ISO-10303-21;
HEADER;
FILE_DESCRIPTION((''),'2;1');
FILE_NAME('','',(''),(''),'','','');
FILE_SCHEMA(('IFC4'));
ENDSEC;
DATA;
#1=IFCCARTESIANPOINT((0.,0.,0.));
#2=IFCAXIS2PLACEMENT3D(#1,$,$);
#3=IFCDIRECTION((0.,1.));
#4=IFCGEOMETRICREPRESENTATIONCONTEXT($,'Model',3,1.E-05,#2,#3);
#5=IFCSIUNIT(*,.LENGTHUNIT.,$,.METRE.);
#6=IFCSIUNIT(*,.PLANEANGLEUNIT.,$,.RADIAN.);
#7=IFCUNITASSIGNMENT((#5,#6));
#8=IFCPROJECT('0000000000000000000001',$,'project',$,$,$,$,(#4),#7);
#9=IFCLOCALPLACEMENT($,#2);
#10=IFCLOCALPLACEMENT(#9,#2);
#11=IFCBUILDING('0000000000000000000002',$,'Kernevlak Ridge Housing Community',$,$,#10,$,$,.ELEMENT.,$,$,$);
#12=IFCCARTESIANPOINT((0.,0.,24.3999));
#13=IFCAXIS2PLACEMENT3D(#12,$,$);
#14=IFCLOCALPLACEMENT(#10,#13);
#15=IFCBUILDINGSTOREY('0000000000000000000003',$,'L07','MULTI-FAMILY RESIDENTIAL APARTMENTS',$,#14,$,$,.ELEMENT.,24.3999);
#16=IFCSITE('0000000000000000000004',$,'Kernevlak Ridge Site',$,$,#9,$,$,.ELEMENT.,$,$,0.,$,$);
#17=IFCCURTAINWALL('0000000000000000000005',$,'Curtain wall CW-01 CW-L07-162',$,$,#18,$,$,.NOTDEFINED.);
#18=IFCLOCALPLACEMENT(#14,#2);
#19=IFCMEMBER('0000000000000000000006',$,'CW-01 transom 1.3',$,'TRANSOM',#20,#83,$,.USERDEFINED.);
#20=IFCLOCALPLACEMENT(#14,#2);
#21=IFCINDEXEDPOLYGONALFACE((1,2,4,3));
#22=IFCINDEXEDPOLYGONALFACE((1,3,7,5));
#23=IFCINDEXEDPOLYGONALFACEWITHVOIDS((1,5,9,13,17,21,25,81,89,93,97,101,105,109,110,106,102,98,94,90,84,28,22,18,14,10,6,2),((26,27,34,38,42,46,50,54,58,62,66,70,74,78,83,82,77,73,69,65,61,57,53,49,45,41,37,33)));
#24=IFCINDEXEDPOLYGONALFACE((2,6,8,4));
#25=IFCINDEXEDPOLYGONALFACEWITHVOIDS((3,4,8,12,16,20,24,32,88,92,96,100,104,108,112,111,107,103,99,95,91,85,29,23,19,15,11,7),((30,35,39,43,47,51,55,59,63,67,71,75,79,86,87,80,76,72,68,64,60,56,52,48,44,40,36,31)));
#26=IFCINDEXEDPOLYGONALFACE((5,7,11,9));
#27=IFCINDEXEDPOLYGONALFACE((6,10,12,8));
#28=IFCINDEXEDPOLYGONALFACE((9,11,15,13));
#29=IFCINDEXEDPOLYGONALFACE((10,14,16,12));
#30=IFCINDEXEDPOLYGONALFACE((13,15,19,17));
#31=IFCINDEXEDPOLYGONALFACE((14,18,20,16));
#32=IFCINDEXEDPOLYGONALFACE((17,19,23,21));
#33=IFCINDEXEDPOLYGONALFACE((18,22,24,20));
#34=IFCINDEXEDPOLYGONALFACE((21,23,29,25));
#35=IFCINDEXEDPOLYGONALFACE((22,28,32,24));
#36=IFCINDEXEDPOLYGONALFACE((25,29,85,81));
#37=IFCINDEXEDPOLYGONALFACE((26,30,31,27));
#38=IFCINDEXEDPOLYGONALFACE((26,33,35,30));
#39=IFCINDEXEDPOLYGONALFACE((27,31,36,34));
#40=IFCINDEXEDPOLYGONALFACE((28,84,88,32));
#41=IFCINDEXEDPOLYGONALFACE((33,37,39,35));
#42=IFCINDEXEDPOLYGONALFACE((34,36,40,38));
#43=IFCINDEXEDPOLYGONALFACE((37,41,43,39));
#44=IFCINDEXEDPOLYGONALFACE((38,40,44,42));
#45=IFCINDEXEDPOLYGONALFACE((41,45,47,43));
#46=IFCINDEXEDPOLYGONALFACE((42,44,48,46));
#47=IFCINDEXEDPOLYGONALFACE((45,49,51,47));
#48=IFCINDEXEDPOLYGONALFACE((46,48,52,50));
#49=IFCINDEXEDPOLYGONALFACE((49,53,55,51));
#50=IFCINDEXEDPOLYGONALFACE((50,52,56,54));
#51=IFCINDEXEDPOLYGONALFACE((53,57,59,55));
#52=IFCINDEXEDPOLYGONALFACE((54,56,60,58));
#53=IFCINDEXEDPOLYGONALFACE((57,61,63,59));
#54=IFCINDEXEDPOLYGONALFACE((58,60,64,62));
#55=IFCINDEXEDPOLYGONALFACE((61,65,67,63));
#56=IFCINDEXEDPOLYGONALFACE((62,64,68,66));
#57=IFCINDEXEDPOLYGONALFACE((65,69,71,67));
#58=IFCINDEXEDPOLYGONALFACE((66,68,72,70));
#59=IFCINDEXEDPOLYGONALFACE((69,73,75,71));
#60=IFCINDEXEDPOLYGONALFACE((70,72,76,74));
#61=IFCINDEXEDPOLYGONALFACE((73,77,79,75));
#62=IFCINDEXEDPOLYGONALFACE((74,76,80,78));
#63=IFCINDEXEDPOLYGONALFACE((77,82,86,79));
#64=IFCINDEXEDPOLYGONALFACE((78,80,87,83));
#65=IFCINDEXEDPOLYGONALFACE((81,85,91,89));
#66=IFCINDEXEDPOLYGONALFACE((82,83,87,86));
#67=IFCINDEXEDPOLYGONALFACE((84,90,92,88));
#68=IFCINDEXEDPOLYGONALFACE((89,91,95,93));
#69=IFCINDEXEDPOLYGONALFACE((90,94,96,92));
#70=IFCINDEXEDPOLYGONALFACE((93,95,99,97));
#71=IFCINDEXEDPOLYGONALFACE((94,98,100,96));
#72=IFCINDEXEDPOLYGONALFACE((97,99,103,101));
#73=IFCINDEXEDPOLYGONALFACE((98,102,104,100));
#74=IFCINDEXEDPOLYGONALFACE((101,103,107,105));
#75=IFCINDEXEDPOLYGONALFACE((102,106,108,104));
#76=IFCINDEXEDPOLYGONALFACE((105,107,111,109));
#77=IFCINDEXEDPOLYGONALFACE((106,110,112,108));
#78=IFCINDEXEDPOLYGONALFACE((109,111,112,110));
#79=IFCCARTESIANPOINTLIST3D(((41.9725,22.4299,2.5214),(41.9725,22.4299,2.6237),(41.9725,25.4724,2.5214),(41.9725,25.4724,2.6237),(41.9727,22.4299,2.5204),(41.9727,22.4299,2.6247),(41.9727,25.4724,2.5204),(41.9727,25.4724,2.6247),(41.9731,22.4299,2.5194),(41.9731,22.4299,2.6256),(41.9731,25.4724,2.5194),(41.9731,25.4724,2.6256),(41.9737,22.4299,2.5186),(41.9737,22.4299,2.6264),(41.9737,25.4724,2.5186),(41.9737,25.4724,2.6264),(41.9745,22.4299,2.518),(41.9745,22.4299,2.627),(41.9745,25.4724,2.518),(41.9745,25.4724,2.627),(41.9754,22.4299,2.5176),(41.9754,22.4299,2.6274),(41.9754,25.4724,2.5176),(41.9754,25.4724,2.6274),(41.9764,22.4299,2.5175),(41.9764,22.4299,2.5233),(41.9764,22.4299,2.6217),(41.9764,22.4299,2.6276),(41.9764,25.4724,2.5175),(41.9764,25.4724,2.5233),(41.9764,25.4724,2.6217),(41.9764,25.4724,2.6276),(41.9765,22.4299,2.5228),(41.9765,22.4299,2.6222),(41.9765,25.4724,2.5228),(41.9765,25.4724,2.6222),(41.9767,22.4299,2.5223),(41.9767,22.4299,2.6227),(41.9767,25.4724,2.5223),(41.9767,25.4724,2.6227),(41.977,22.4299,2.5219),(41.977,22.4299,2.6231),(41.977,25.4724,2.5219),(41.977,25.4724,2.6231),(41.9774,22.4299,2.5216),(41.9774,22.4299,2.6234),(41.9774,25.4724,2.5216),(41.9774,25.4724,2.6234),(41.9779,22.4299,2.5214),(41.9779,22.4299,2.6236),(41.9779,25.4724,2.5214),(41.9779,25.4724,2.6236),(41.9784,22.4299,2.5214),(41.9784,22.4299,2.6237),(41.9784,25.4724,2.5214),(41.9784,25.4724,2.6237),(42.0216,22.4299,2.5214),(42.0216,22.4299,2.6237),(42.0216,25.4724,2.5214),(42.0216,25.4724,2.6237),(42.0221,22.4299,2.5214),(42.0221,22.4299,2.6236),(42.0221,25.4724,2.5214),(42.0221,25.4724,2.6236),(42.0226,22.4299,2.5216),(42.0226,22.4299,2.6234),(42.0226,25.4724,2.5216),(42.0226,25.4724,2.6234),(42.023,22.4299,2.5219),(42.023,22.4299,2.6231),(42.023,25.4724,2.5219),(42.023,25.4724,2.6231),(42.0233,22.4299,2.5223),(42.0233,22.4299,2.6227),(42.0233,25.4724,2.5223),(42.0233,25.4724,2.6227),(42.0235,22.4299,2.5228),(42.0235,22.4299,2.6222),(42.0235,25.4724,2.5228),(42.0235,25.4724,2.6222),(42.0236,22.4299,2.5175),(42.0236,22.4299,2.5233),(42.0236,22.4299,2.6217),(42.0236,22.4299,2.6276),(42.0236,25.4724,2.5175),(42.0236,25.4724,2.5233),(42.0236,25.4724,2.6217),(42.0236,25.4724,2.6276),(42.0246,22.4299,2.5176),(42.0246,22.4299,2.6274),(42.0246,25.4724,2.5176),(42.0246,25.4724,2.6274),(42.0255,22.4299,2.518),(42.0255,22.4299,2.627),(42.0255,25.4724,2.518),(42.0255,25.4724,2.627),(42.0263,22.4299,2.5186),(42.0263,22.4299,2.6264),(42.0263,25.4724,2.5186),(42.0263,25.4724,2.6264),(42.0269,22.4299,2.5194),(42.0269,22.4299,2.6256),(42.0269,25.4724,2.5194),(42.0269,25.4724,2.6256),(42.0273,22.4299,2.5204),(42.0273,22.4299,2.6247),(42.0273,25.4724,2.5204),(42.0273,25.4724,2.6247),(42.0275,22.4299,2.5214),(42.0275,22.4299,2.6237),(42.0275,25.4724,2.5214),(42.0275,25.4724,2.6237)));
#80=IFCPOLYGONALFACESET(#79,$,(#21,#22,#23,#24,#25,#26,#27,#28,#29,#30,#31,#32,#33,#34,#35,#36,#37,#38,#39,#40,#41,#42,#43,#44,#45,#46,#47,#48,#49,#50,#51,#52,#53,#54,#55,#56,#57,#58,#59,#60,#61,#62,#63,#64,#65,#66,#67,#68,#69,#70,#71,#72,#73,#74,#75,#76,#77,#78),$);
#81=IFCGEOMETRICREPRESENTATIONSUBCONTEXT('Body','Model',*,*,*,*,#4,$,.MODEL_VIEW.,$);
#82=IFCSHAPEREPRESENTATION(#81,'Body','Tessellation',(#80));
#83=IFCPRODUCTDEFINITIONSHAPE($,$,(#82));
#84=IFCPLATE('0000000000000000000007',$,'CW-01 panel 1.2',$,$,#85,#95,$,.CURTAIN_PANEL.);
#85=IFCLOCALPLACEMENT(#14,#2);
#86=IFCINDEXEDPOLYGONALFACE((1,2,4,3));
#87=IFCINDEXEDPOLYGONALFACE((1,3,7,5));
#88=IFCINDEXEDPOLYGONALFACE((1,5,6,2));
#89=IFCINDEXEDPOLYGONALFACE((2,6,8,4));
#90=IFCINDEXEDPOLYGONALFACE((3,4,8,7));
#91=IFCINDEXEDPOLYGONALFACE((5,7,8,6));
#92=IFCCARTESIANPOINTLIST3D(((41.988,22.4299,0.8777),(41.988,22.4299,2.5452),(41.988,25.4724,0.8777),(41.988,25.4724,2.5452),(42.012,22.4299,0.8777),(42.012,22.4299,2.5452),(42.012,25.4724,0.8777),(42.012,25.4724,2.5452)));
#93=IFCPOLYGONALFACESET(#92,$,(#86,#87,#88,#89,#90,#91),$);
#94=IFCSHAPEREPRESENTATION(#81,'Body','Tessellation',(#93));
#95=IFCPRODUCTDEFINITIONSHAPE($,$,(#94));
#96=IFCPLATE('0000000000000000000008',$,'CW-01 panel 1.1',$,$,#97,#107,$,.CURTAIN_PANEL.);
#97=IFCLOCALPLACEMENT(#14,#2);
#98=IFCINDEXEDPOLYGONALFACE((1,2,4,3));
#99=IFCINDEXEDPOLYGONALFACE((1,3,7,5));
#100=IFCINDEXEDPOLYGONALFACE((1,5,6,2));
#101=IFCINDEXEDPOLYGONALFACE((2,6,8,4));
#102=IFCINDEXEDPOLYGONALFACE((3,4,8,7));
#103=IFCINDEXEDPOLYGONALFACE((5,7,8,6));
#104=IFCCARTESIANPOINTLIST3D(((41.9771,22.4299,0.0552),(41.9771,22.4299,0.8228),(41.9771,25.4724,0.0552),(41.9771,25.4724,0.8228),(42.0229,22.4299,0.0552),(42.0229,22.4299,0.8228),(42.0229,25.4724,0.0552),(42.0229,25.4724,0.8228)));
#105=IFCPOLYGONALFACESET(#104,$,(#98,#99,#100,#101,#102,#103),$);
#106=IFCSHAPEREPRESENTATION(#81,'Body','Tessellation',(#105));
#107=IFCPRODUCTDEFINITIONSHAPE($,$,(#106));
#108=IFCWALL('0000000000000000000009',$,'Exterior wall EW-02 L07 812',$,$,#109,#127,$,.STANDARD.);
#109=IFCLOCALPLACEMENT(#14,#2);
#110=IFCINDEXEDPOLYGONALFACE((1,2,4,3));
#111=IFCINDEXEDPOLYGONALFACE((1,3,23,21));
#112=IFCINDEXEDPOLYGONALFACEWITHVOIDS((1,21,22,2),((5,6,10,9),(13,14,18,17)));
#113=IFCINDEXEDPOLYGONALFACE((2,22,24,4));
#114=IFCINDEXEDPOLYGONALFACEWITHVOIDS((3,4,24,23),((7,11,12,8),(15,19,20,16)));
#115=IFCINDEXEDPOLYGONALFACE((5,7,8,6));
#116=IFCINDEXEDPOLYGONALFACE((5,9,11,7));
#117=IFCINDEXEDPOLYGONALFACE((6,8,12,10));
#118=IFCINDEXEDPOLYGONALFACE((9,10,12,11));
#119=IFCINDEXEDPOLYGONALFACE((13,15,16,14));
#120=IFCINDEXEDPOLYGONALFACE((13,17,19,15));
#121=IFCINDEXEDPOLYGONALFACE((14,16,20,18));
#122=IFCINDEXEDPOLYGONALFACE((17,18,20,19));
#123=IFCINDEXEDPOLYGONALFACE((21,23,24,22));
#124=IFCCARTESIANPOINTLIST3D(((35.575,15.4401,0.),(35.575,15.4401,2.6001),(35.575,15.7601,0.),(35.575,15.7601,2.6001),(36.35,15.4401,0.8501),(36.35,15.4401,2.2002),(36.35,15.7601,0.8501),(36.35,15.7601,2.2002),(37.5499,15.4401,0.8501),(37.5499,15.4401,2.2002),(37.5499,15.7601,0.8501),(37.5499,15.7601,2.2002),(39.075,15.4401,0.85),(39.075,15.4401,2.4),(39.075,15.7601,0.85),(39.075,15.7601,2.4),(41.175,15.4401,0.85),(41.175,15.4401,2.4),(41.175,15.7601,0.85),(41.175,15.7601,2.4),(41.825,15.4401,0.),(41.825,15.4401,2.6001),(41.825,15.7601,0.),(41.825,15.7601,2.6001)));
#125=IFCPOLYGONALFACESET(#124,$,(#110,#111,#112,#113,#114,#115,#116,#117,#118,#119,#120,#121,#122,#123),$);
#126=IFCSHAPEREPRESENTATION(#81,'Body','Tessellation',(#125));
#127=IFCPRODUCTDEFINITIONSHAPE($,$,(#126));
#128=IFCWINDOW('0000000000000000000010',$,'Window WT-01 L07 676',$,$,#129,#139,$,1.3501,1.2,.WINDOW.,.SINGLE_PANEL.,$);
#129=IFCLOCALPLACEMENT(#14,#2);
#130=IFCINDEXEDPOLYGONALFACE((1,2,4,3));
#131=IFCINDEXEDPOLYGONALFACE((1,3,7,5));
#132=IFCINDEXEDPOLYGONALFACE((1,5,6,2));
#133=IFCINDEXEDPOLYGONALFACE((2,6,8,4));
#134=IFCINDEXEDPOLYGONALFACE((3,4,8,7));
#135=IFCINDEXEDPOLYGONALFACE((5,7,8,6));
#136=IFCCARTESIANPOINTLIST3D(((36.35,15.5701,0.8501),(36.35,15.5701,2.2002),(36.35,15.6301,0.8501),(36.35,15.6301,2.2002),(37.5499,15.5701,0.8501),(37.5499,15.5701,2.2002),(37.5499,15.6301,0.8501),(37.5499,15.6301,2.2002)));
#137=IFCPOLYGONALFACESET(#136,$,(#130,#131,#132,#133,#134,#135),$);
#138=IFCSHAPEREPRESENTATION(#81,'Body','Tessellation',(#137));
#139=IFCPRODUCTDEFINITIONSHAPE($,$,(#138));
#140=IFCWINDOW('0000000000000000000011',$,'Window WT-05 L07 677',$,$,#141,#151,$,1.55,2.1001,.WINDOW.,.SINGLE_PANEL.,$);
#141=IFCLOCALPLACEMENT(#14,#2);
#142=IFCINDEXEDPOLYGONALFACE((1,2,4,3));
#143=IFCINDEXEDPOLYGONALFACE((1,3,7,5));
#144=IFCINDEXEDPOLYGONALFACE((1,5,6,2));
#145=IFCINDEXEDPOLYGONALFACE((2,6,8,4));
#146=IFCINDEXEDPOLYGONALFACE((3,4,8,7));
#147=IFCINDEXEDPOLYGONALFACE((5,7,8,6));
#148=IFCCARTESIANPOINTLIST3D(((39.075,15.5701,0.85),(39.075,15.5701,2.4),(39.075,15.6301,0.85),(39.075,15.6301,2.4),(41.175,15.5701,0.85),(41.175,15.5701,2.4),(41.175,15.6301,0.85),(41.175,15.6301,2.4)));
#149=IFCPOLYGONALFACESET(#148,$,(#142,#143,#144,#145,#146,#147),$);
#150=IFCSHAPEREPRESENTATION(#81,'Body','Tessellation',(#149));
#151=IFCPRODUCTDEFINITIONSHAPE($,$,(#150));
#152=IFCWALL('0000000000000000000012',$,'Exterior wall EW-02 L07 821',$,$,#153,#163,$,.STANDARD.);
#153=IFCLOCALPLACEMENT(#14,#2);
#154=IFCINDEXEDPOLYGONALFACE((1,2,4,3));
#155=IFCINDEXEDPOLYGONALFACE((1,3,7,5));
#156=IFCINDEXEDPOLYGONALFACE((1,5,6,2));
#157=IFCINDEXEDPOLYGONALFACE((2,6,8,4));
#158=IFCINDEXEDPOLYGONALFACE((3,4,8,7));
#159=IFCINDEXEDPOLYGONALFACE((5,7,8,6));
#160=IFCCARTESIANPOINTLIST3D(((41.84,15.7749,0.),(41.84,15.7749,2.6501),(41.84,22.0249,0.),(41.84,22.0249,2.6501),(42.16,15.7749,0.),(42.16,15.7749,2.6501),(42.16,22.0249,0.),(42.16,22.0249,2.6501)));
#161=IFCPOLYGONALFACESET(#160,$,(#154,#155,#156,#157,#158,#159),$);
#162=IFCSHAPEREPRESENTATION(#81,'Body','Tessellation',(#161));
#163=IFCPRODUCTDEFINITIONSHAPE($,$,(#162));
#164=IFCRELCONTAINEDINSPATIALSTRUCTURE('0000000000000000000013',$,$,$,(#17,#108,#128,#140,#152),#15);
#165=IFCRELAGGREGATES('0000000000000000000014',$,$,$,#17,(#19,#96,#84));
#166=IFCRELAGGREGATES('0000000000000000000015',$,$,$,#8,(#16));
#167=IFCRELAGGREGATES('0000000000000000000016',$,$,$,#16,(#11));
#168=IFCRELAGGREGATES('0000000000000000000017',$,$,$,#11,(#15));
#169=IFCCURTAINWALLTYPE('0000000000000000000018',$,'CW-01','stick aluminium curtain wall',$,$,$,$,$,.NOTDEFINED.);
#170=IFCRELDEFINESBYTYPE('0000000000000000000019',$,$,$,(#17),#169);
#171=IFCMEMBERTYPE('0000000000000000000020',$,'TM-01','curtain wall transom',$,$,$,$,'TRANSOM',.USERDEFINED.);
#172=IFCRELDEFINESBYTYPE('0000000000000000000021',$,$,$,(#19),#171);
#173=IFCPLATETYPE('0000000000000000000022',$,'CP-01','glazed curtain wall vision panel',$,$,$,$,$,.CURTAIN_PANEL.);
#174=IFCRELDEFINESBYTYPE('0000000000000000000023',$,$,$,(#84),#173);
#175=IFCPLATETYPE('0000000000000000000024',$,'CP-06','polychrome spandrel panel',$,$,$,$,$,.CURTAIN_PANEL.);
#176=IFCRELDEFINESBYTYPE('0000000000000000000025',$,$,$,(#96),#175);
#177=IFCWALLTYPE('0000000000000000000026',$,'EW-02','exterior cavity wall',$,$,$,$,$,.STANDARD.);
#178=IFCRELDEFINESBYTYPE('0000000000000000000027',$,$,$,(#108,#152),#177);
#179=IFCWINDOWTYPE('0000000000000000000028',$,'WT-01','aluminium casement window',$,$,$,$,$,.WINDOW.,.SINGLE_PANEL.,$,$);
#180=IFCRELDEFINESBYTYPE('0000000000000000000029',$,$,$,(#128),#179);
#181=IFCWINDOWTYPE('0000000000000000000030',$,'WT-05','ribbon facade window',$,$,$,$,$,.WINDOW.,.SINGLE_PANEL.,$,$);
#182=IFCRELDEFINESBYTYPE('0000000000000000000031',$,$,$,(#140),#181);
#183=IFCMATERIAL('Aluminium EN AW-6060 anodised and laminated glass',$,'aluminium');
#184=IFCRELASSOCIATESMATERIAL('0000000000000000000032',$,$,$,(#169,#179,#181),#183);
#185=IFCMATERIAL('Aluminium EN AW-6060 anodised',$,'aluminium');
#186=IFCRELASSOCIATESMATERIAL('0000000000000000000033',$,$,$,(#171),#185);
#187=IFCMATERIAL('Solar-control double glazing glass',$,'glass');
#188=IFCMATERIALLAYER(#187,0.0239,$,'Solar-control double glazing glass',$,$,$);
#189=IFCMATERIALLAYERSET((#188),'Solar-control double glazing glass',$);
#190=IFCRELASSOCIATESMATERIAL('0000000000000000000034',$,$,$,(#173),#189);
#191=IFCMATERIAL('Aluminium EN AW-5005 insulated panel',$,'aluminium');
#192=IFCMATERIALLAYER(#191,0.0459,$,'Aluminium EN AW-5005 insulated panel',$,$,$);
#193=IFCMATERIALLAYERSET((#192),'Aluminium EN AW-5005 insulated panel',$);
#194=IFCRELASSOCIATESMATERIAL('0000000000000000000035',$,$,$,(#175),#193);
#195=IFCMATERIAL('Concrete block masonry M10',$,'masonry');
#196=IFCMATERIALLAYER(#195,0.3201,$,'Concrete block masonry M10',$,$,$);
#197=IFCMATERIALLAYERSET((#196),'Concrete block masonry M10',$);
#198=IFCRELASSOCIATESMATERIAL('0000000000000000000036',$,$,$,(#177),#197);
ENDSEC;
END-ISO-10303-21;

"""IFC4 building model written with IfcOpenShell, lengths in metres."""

from ifc_helpers import new_model, si_unit, direction, frame, frame_2d, origin, origin_2d, place, context, subcontext, project, spatial, rectangle, hollow_rectangle, extrude, material, layer, layer_set, material_profile, profile_set, type_object, element, fill, aggregate, save


model = new_model("IFC4")

# Units and contexts
model_context = context("Model", 3, precision=1e-05, world=origin(), true_north=direction((0.0, 1.0)))
body_context = subcontext(model_context, "Body", "Model", "MODEL_VIEW")
ifc_project = project(units=[si_unit("LENGTHUNIT", "METRE"), si_unit("PLANEANGLEUNIT", "RADIAN")], contexts=[model_context])

# Site, building, storey
site_placement = place(None, origin())
site = spatial("IfcSite", under=ifc_project, at=site_placement, Name="Kernevlak Ridge Site", CompositionType="ELEMENT", RefElevation=0.0)
building_placement = place(site_placement, origin())
building = spatial("IfcBuilding", under=site, at=building_placement, Name="Kernevlak Ridge Housing Community", CompositionType="ELEMENT")
storey_placement = place(building_placement, frame((0.0, 0.0, 24.3999)))
storey = spatial("IfcBuildingStorey", under=building, at=storey_placement, Name="L07", Description="MULTI-FAMILY RESIDENTIAL APARTMENTS", CompositionType="ELEMENT", Elevation=24.3999)

# Curtain wall
ifc_material_1 = material(Name="Aluminium EN AW-6060 anodised and laminated glass", Category="aluminium")
curtain_wall_type = type_object("IfcCurtainWallType", Name="CW-01", Description="stick aluminium curtain wall", PredefinedType="NOTDEFINED", material=ifc_material_1)
curtain_wall_placement = place(storey_placement, origin())
curtain_wall = element("IfcCurtainWall", 1, at=curtain_wall_placement, inside=storey, type_object=curtain_wall_type, Name="Curtain wall CW-01 CW-L07-162", PredefinedType="NOTDEFINED")
ifc_material_2 = material(Name="Aluminium EN AW-6060 anodised", Category="aluminium")

# Member
ifc_material_profile_1 = material_profile(ifc_material_2, hollow_rectangle(XDim=0.0549, YDim=0.1101, WallThickness=0.0039, InnerFilletRadius=0.002, OuterFilletRadius=0.0039, at=origin_2d()), Name="ALU 55x110x4")
ifc_profile_set_1 = profile_set([ifc_material_profile_1], Name="Aluminium EN AW-6060 anodised")
member_type_1 = type_object("IfcMemberType", Name="TM-01", Description="curtain wall transom", ElementType="TRANSOM", PredefinedType="USERDEFINED", material=ifc_profile_set_1)
member_1_placement = place(storey_placement, frame((42.0, 22.4299, 2.5725), z_axis=(0.0, 1.0, 0.0), x_axis=(-1.0, 0.0, 0.0)))
member_1 = element("IfcMember", 2, at=member_1_placement, type_object=member_type_1, Name="CW-01 transom 1.3", ObjectType="TRANSOM", PredefinedType="USERDEFINED", context=body_context, shape_type="SweptSolid", body=[
    extrude(hollow_rectangle(XDim=0.0549, YDim=0.1101, WallThickness=0.0039, InnerFilletRadius=0.002, OuterFilletRadius=0.0039, at=origin_2d()), origin(), (0.0, 0.0, 1.0), 3.0425),
])

# Plates
ifc_material_3 = material(Name="Solar-control double glazing glass", Category="glass")
ifc_layer_1 = layer(ifc_material_3, 0.0239, Name="Solar-control double glazing glass")
ifc_layer_set_1 = layer_set([ifc_layer_1], Name="Solar-control double glazing glass")
plate_type_1 = type_object("IfcPlateType", Name="CP-01", Description="glazed curtain wall vision panel", PredefinedType="CURTAIN_PANEL", material=ifc_layer_set_1)
plate_1_placement = place(storey_placement, frame((42.0, 23.9512, 0.8777), z_axis=(0.0, 0.0, 1.0), x_axis=(0.0, 1.0, 0.0)))
plate_1 = element("IfcPlate", 3, at=plate_1_placement, type_object=plate_type_1, Name="CW-01 panel 1.2", PredefinedType="CURTAIN_PANEL", context=body_context, shape_type="SweptSolid", body=[
    extrude(rectangle(XDim=3.0425, YDim=0.0239, at=origin_2d()), origin(), (0.0, 0.0, 1.0), 1.6675),
])
ifc_material_4 = material(Name="Aluminium EN AW-5005 insulated panel", Category="aluminium")
ifc_layer_2 = layer(ifc_material_4, 0.0459, Name="Aluminium EN AW-5005 insulated panel")
ifc_layer_set_2 = layer_set([ifc_layer_2], Name="Aluminium EN AW-5005 insulated panel")
plate_type_2 = type_object("IfcPlateType", Name="CP-06", Description="polychrome spandrel panel", PredefinedType="CURTAIN_PANEL", material=ifc_layer_set_2)
plate_2_placement = place(storey_placement, frame((42.0, 23.9512, 0.0552), z_axis=(0.0, 0.0, 1.0), x_axis=(0.0, 1.0, 0.0)))
plate_2 = element("IfcPlate", 4, at=plate_2_placement, type_object=plate_type_2, Name="CW-01 panel 1.1", PredefinedType="CURTAIN_PANEL", context=body_context, shape_type="SweptSolid", body=[
    extrude(rectangle(XDim=3.0425, YDim=0.0459, at=origin_2d()), origin(), (0.0, 0.0, 1.0), 0.7676),
])
aggregate(curtain_wall, [member_1, plate_2, plate_1])

# Wall, openings, windows
ifc_material_5 = material(Name="Concrete block masonry M10", Category="masonry")
ifc_layer_3 = layer(ifc_material_5, 0.3201, Name="Concrete block masonry M10")
ifc_layer_set_3 = layer_set([ifc_layer_3], Name="Concrete block masonry M10")
wall_type_1 = type_object("IfcWallType", Name="EW-02", Description="exterior cavity wall", PredefinedType="STANDARD", material=ifc_layer_set_3)
wall_1_placement = place(storey_placement, frame((35.575, 15.6001, 0.0), z_axis=(0.0, 0.0, 1.0), x_axis=(1.0, 0.0, 0.0)))
wall_1 = element("IfcWall", 5, at=wall_1_placement, inside=storey, type_object=wall_type_1, Name="Exterior wall EW-02 L07 812", PredefinedType="STANDARD", context=body_context, shape_type="SweptSolid", body=[
    extrude(rectangle(XDim=6.25, YDim=0.3201, at=frame_2d((3.125, 0.0))), origin(), (0.0, 0.0, 1.0), 2.6001),
])
opening_1_placement = place(wall_1_placement, frame((0.7749, 0.0, 0.8501)))
opening_1 = element("IfcOpeningElement", 6, at=opening_1_placement, cuts=wall_1, PredefinedType="OPENING", context=body_context, shape_type="SweptSolid", body=[
    extrude(rectangle(XDim=1.2, YDim=1.3501, at=frame_2d((0.6001, 0.675))), frame((0.0, 0.1699, 0.0), z_axis=(0.0, -1.0, 0.0), x_axis=(1.0, 0.0, 0.0)), (0.0, 0.0, 1.0), 0.3401),
])
opening_2_placement = place(wall_1_placement, frame((3.5, 0.0, 0.8501)))
opening_2 = element("IfcOpeningElement", 7, at=opening_2_placement, cuts=wall_1, PredefinedType="OPENING", context=body_context, shape_type="SweptSolid", body=[
    extrude(rectangle(XDim=2.1001, YDim=1.55, at=frame_2d((1.05, 0.7749))), frame((0.0, 0.1699, 0.0), z_axis=(0.0, -1.0, 0.0), x_axis=(1.0, 0.0, 0.0)), (0.0, 0.0, 1.0), 0.3401),
])
window_type_1 = type_object("IfcWindowType", Name="WT-01", Description="aluminium casement window", PartitioningType="SINGLE_PANEL", PredefinedType="WINDOW", material=ifc_material_1)
window_1_placement = place(opening_1_placement, origin())
window_1 = element("IfcWindow", 8, at=window_1_placement, inside=storey, type_object=window_type_1, Name="Window WT-01 L07 676", OverallHeight=1.3501, OverallWidth=1.2, PartitioningType="SINGLE_PANEL", PredefinedType="WINDOW", context=body_context, shape_type="SweptSolid", body=[
    extrude(rectangle(XDim=1.2, YDim=1.3501, at=frame_2d((0.6001, 0.675))), frame((0.0, 0.03, 0.0), z_axis=(0.0, -1.0, 0.0), x_axis=(1.0, 0.0, 0.0)), (0.0, 0.0, 1.0), 0.0601),
])
fill(opening_1, window_1)
window_type_2 = type_object("IfcWindowType", Name="WT-05", Description="ribbon facade window", PartitioningType="SINGLE_PANEL", PredefinedType="WINDOW", material=ifc_material_1)
window_2_placement = place(opening_2_placement, origin())
window_2 = element("IfcWindow", 9, at=window_2_placement, inside=storey, type_object=window_type_2, Name="Window WT-05 L07 677", OverallHeight=1.55, OverallWidth=2.1001, PartitioningType="SINGLE_PANEL", PredefinedType="WINDOW", context=body_context, shape_type="SweptSolid", body=[
    extrude(rectangle(XDim=2.1001, YDim=1.55, at=frame_2d((1.05, 0.7749))), frame((0.0, 0.03, 0.0), z_axis=(0.0, -1.0, 0.0), x_axis=(1.0, 0.0, 0.0)), (0.0, 0.0, 1.0), 0.0601),
])
fill(opening_2, window_2)

# Wall
wall_2_placement = place(storey_placement, frame((42.0, 15.7749, 0.0), z_axis=(0.0, 0.0, 1.0), x_axis=(0.0, 1.0, 0.0)))
element("IfcWall", 10, at=wall_2_placement, inside=storey, type_object=wall_type_1, Name="Exterior wall EW-02 L07 821", PredefinedType="STANDARD", context=body_context, shape_type="SweptSolid", body=[
    extrude(rectangle(XDim=6.25, YDim=0.3201, at=frame_2d((3.125, 0.0))), origin(), (0.0, 0.0, 1.0), 2.6501),
])

save(model, "model.ifc")
